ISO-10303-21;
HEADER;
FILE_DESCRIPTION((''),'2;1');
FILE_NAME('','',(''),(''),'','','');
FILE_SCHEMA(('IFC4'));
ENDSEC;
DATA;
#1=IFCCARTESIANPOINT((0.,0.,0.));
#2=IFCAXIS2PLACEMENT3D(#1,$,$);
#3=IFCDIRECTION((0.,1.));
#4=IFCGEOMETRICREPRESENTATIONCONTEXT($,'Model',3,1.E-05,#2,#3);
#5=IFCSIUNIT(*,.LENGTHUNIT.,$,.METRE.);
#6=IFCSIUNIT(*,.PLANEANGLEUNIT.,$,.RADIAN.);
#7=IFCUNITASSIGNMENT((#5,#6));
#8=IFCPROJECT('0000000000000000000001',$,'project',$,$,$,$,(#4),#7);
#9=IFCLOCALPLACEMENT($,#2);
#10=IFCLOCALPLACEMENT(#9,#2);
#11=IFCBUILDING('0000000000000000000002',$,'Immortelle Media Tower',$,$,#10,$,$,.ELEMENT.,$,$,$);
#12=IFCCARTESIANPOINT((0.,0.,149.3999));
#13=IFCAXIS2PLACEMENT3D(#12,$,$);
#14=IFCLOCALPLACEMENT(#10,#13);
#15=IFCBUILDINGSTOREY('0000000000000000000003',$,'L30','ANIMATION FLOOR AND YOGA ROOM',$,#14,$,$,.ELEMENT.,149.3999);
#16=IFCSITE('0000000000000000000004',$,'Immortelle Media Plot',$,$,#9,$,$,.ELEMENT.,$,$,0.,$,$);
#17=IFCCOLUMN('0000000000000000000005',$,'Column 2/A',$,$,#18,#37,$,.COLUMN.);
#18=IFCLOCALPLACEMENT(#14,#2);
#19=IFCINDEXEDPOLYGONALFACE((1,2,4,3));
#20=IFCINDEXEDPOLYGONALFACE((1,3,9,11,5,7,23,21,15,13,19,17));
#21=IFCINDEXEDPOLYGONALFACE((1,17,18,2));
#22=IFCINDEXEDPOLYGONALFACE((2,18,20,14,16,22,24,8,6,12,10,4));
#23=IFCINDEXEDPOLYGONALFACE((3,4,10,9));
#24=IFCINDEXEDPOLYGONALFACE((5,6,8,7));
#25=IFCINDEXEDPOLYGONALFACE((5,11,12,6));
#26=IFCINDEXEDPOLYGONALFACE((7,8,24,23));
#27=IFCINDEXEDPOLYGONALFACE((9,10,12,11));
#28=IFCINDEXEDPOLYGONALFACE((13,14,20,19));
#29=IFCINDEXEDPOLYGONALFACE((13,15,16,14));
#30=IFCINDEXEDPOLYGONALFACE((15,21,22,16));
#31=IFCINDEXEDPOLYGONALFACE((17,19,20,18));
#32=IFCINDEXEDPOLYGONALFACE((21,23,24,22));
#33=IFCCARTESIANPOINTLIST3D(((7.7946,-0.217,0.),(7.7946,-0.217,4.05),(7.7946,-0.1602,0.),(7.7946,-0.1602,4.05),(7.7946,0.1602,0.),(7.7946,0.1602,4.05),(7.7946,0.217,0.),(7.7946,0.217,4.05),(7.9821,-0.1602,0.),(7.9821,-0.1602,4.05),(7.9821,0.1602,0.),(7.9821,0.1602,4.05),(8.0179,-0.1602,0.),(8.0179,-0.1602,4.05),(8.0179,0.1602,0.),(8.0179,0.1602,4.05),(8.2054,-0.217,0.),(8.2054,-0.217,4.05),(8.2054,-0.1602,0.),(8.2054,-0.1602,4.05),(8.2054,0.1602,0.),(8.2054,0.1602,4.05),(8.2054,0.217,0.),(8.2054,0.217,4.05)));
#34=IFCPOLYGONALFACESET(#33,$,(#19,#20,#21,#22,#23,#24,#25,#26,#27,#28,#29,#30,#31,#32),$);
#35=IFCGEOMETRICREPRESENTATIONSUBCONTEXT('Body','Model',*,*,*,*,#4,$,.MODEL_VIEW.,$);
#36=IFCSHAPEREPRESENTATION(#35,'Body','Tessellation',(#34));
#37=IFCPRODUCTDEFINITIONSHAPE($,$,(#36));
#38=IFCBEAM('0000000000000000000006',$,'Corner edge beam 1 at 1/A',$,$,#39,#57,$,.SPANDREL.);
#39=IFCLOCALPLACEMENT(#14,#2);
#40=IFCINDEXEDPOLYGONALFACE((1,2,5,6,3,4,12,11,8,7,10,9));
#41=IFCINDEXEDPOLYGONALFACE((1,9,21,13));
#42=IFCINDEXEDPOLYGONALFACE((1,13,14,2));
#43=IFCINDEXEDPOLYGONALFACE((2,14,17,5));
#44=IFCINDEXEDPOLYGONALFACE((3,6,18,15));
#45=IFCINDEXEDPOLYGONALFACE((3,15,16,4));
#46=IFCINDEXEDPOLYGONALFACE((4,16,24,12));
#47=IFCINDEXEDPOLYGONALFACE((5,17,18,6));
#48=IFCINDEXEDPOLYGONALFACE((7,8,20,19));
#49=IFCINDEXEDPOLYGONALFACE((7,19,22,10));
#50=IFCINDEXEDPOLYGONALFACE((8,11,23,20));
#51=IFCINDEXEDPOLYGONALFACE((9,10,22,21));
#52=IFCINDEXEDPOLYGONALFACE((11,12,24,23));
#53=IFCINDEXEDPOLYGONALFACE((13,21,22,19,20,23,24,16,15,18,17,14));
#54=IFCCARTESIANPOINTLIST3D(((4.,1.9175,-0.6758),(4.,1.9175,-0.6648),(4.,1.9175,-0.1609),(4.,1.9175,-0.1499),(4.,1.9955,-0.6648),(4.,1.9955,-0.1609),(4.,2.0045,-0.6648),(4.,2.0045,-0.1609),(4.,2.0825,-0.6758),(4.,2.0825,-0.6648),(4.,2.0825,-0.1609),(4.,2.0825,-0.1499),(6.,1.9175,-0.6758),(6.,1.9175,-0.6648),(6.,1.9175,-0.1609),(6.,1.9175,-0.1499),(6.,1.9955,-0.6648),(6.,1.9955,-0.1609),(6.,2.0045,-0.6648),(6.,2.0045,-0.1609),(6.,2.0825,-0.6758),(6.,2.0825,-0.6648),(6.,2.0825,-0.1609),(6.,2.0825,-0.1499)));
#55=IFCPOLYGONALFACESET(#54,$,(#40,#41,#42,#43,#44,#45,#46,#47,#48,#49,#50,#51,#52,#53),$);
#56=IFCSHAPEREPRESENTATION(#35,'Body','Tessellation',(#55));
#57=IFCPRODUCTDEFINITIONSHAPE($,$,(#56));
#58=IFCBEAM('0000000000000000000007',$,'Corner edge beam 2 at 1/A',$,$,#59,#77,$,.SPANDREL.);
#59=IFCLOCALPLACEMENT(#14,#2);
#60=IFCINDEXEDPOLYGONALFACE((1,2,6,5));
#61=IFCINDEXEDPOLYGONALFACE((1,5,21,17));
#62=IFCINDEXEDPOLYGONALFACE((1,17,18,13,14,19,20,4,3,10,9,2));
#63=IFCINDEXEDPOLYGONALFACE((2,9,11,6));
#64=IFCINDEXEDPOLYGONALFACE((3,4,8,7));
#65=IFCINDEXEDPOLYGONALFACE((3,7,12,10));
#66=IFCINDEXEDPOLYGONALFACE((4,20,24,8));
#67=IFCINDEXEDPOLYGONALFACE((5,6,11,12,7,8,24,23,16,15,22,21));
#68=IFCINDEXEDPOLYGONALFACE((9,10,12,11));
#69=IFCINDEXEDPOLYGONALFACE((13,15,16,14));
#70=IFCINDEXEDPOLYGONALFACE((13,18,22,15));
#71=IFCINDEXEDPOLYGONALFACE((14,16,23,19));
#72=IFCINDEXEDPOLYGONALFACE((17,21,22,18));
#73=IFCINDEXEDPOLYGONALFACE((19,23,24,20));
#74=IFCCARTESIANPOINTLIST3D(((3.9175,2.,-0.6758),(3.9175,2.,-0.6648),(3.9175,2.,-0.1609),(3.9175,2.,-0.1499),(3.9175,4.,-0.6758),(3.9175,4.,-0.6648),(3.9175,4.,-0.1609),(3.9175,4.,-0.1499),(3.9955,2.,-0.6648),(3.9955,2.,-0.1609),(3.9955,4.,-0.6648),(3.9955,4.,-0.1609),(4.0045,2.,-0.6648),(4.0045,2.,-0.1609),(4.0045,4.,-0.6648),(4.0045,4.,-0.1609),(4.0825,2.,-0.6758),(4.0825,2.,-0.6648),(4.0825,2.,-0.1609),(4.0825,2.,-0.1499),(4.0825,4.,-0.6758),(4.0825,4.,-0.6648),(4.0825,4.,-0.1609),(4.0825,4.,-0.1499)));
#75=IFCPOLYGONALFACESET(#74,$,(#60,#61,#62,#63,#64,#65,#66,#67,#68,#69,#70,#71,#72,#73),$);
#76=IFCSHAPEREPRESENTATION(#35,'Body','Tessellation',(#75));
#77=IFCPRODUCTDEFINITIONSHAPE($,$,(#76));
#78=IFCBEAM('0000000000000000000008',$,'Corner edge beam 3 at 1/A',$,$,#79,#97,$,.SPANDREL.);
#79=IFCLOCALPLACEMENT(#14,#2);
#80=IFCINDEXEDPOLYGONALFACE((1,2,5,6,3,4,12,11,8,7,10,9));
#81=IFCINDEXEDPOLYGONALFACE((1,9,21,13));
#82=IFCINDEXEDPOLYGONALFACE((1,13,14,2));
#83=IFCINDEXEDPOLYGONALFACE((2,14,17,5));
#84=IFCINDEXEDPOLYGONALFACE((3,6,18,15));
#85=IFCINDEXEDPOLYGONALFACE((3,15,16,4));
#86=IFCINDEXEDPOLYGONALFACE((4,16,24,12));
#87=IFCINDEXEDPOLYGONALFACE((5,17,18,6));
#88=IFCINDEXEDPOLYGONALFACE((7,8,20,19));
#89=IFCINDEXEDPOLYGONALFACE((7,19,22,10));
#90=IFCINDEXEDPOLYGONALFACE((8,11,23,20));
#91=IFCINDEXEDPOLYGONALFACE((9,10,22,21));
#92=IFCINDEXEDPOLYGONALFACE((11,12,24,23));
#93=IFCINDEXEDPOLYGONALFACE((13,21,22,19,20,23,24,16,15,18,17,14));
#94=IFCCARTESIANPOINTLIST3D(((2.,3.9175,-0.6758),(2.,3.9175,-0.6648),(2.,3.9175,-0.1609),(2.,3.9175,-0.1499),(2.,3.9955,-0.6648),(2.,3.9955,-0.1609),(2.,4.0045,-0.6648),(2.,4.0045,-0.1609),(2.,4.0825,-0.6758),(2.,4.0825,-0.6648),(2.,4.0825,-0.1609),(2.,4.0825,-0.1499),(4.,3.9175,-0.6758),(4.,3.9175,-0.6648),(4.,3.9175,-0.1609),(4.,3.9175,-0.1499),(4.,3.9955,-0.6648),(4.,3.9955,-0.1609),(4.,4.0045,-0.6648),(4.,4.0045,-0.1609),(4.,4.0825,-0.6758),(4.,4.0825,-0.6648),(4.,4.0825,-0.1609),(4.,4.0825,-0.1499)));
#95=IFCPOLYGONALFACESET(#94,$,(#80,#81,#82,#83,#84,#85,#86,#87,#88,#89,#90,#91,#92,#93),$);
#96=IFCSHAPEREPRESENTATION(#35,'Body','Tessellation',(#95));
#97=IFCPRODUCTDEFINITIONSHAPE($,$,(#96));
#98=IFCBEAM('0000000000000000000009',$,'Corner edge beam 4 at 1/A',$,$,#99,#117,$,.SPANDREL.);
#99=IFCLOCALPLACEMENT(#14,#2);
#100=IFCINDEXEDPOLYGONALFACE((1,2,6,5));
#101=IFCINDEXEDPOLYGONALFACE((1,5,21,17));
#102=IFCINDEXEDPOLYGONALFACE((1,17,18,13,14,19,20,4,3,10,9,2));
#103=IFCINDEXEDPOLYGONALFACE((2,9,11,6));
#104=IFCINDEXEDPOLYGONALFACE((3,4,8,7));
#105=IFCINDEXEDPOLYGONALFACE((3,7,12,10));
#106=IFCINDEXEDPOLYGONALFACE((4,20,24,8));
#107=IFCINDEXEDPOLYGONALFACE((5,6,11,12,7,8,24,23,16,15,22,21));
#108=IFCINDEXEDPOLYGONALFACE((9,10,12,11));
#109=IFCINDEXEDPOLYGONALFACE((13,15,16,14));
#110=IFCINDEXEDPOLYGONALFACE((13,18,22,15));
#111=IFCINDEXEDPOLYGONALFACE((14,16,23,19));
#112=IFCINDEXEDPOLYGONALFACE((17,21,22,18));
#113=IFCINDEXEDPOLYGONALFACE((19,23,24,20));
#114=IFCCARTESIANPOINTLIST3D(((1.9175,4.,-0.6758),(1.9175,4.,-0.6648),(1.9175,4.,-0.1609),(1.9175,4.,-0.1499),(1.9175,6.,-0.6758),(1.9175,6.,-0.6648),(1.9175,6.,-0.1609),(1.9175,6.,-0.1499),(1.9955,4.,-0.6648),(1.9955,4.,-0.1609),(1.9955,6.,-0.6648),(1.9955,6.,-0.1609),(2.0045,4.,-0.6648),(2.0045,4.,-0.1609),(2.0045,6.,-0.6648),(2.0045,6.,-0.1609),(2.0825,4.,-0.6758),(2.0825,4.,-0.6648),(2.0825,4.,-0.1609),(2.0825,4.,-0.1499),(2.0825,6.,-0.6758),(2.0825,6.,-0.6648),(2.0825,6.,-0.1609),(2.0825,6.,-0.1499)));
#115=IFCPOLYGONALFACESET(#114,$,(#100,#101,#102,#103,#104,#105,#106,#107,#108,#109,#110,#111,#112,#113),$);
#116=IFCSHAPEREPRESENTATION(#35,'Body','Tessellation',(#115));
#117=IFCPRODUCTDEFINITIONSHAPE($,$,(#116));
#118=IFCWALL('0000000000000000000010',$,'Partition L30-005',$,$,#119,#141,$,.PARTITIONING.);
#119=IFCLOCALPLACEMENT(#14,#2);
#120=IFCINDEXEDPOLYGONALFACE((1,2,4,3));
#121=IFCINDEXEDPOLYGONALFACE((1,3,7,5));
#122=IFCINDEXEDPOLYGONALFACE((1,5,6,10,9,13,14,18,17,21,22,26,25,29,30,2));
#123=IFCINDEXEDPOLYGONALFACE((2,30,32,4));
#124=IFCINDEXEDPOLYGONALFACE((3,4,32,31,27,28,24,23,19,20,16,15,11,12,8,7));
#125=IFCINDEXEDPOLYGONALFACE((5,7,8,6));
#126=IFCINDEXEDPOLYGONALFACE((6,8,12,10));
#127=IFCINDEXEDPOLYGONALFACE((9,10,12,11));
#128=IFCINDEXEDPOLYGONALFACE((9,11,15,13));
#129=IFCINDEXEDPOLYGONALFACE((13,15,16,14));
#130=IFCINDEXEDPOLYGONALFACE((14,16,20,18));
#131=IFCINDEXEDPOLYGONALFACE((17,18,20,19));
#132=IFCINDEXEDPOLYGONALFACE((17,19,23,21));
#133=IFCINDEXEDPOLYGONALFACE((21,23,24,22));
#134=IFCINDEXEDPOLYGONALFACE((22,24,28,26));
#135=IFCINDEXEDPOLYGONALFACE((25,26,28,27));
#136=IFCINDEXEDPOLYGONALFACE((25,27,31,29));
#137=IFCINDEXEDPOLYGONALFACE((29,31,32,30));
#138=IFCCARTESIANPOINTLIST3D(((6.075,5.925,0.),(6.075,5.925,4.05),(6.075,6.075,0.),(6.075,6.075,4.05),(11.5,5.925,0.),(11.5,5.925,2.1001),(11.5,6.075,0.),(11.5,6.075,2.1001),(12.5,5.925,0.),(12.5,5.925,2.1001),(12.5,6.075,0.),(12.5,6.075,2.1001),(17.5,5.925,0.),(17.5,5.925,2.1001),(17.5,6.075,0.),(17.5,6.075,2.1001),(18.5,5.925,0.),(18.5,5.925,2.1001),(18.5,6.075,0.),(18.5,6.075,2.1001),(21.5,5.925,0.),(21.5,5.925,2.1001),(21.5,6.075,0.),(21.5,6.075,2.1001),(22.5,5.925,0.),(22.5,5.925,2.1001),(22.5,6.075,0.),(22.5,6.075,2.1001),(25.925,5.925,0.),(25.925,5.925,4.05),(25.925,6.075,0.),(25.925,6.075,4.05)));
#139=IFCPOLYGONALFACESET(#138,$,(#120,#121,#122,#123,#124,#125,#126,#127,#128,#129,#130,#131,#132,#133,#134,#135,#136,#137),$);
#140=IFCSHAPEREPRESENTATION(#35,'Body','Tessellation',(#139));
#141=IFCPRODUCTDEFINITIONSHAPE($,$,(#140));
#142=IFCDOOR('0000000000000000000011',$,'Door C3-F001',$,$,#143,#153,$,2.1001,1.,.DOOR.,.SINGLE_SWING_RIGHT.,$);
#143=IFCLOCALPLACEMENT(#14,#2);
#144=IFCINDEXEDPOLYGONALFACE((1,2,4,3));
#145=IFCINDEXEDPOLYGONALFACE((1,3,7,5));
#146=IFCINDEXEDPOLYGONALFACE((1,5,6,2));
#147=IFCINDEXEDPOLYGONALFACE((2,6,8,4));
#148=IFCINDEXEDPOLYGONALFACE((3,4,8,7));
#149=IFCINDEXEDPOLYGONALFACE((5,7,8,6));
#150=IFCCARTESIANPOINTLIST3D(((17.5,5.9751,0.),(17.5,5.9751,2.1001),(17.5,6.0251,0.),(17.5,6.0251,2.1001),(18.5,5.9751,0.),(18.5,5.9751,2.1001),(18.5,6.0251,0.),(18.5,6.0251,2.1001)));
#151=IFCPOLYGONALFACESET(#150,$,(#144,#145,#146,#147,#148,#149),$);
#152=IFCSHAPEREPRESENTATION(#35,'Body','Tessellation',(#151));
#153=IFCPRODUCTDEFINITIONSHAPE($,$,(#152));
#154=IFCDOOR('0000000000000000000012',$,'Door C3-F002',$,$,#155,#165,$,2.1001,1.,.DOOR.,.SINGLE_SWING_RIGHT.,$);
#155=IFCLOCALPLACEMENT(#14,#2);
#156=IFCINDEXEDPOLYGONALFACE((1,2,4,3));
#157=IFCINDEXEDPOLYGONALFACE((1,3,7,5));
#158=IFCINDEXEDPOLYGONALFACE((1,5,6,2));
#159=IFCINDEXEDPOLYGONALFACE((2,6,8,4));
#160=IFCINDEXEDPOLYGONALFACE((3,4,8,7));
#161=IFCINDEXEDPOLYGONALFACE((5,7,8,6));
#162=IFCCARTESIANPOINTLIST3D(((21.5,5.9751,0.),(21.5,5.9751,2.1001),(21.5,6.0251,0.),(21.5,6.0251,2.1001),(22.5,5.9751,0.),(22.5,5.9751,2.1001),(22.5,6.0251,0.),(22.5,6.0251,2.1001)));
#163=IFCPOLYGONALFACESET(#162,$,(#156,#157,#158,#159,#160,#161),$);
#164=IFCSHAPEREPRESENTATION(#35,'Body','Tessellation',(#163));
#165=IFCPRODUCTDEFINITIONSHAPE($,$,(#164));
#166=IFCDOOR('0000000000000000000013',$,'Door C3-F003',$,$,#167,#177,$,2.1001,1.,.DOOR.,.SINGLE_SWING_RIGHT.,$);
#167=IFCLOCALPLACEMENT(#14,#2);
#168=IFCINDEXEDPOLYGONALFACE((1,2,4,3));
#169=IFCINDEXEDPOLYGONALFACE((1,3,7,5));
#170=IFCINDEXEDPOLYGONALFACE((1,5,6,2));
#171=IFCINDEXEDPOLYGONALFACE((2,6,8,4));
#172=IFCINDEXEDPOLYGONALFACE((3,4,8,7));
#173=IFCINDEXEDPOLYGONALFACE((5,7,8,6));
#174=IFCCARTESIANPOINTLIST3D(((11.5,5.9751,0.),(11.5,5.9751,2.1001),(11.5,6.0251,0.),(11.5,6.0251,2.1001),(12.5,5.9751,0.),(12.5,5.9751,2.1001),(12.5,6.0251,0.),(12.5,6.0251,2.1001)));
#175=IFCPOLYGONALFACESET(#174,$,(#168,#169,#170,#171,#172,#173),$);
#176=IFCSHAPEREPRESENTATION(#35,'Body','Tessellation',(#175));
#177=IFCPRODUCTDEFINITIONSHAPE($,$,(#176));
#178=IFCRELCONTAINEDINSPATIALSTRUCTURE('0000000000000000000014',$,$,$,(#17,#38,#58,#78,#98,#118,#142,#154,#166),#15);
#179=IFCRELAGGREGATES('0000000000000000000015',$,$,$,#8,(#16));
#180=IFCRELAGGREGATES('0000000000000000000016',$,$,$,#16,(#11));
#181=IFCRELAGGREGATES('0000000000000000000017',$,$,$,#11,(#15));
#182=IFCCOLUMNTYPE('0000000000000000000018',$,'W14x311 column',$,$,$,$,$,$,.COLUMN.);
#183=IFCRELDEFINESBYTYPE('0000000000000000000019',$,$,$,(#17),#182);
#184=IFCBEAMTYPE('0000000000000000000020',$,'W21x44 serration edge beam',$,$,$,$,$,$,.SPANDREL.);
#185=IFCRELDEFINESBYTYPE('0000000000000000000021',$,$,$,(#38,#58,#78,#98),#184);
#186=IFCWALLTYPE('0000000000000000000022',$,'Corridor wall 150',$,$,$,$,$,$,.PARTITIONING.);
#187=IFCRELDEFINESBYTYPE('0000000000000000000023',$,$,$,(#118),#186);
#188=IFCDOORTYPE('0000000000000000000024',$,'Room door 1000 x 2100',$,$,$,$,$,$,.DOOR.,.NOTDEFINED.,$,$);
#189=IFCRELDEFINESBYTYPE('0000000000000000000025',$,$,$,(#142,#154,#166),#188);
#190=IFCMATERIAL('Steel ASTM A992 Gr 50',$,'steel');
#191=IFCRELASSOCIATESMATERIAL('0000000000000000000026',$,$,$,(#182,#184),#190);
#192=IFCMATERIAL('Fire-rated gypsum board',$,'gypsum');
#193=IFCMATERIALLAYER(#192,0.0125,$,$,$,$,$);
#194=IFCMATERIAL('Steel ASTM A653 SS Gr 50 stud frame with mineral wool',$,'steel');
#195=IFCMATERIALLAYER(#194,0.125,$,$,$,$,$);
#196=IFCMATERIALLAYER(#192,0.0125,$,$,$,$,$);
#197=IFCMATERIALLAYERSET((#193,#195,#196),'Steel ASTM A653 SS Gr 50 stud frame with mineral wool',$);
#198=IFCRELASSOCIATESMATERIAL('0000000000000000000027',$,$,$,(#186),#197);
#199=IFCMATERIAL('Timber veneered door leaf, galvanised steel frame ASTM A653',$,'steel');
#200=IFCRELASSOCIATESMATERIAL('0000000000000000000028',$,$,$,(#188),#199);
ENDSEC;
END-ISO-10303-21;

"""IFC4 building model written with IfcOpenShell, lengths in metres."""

from ifc_helpers import new_model, si_unit, direction, frame, frame_2d, origin, origin_2d, place, context, subcontext, project, spatial, rectangle, i_section, extrude, material, layer, layer_set, material_profile, profile_set, type_object, element, fill, save


model = new_model("IFC4")

# Units and contexts
model_context = context("Model", 3, precision=1e-05, world=origin(), true_north=direction((0.0, 1.0)))
body_context = subcontext(model_context, "Body", "Model", "MODEL_VIEW")
ifc_project = project(units=[si_unit("LENGTHUNIT", "METRE"), si_unit("PLANEANGLEUNIT", "RADIAN")], contexts=[model_context])

# Site, building, storey
site_placement = place(None, origin())
site = spatial("IfcSite", under=ifc_project, at=site_placement, Name="Immortelle Media Plot", CompositionType="ELEMENT", RefElevation=0.0)
building_placement = place(site_placement, origin())
building = spatial("IfcBuilding", under=site, at=building_placement, Name="Immortelle Media Tower", CompositionType="ELEMENT")
storey_placement = place(building_placement, frame((0.0, 0.0, 149.3999)))
storey = spatial("IfcBuildingStorey", under=building, at=storey_placement, Name="L30", Description="ANIMATION FLOOR AND YOGA ROOM", CompositionType="ELEMENT", Elevation=149.3999)

# Column
ifc_material_1 = material(Name="Steel ASTM A992 Gr 50", Category="steel")
ifc_material_profile_1 = material_profile(ifc_material_1, i_section(OverallWidth=0.4109, OverallDepth=0.4341, WebThickness=0.0359, FlangeThickness=0.0569, at=origin_2d()), Name="W14x311")
ifc_profile_set_1 = profile_set([ifc_material_profile_1], Name="Steel ASTM A992 Gr 50")
column_type = type_object("IfcColumnType", Name="W14x311 column", PredefinedType="COLUMN", material=ifc_profile_set_1)
column_placement = place(storey_placement, frame((8.0, 0.0, 0.0), z_axis=(0.0, 0.0, 1.0), x_axis=(1.0, 0.0, 0.0)))
element("IfcColumn", 1, at=column_placement, inside=storey, type_object=column_type, Name="Column 2/A", PredefinedType="COLUMN", context=body_context, shape_type="SweptSolid", body=[
    extrude(i_section(OverallWidth=0.4109, OverallDepth=0.4341, WebThickness=0.0359, FlangeThickness=0.0569, at=origin_2d()), origin(), (0.0, 0.0, 1.0), 4.05),
])

# Beams
ifc_material_profile_2 = material_profile(ifc_material_1, i_section(OverallWidth=0.165, OverallDepth=0.5259, WebThickness=0.009, FlangeThickness=0.011, at=origin_2d()), Name="W21x44")
ifc_profile_set_2 = profile_set([ifc_material_profile_2], Name="Steel ASTM A992 Gr 50")
beam_type = type_object("IfcBeamType", Name="W21x44 serration edge beam", PredefinedType="SPANDREL", material=ifc_profile_set_2)
for number, where, z_axis, x_axis, name in (
    (2, (6.0, 2.0, -0.4128), (-1.0, 0.0, 0.0), (0.0, -1.0, 0.0), "Corner edge beam 1 at 1/A"),
    (3, (4.0, 2.0, -0.4128), (0.0, 1.0, 0.0), (-1.0, 0.0, 0.0), "Corner edge beam 2 at 1/A"),
    (4, (4.0, 4.0, -0.4128), (-1.0, 0.0, 0.0), (0.0, -1.0, 0.0), "Corner edge beam 3 at 1/A"),
    (5, (2.0, 4.0, -0.4128), (0.0, 1.0, 0.0), (-1.0, 0.0, 0.0), "Corner edge beam 4 at 1/A"),
):
    element("IfcBeam", number, at=place(storey_placement, frame(where, z_axis=z_axis, x_axis=x_axis)), inside=storey, type_object=beam_type, Name=name, PredefinedType="SPANDREL", context=body_context, shape_type="SweptSolid", body=[
        extrude(i_section(OverallWidth=0.165, OverallDepth=0.5259, WebThickness=0.009, FlangeThickness=0.011, at=origin_2d()), origin(), (0.0, 0.0, 1.0), 2.0),
    ])

# Wall, openings, doors
ifc_material_2 = material(Name="Fire-rated gypsum board", Category="gypsum")
ifc_layer_1 = layer(ifc_material_2, 0.0125)
ifc_material_3 = material(Name="Steel ASTM A653 SS Gr 50 stud frame with mineral wool", Category="steel")
ifc_layer_2 = layer(ifc_material_3, 0.125)
ifc_layer_3 = layer(ifc_material_2, 0.0125)
ifc_layer_set_1 = layer_set([ifc_layer_1, ifc_layer_2, ifc_layer_3], Name="Steel ASTM A653 SS Gr 50 stud frame with mineral wool")
wall_type_1 = type_object("IfcWallType", Name="Corridor wall 150", PredefinedType="PARTITIONING", material=ifc_layer_set_1)
wall_1_placement = place(storey_placement, frame((6.075, 6.0, 0.0), z_axis=(0.0, 0.0, 1.0), x_axis=(1.0, 0.0, 0.0)))
wall_1 = element("IfcWall", 6, at=wall_1_placement, inside=storey, type_object=wall_type_1, Name="Partition L30-005", PredefinedType="PARTITIONING", context=body_context, shape_type="SweptSolid", body=[
    extrude(rectangle(XDim=19.8501, YDim=0.1499, at=frame_2d((9.925, 0.0))), origin(), (0.0, 0.0, 1.0), 4.05),
])
opening_1_placement = place(wall_1_placement, frame((12.425, 0.0, 0.0), z_axis=(0.0, 0.0, 1.0), x_axis=(-1.0, 0.0, 0.0)))
opening_1 = element("IfcOpeningElement", 7, at=opening_1_placement, cuts=wall_1, PredefinedType="OPENING", context=body_context, shape_type="SweptSolid", body=[
    extrude(rectangle(XDim=1.0, YDim=2.1001, at=frame_2d((0.5, 1.05))), frame((0.0, 0.085, 0.0), z_axis=(0.0, -1.0, 0.0), x_axis=(1.0, 0.0, 0.0)), (0.0, 0.0, 1.0), 0.1699),
])
opening_2_placement = place(wall_1_placement, frame((16.425, 0.0, 0.0), z_axis=(0.0, 0.0, 1.0), x_axis=(-1.0, 0.0, 0.0)))
opening_2 = element("IfcOpeningElement", 8, at=opening_2_placement, cuts=wall_1, PredefinedType="OPENING", context=body_context, shape_type="SweptSolid", body=[
    extrude(rectangle(XDim=1.0, YDim=2.1001, at=frame_2d((0.5, 1.05))), frame((0.0, 0.085, 0.0), z_axis=(0.0, -1.0, 0.0), x_axis=(1.0, 0.0, 0.0)), (0.0, 0.0, 1.0), 0.1699),
])
opening_3_placement = place(wall_1_placement, frame((6.425, 0.0, 0.0), z_axis=(0.0, 0.0, 1.0), x_axis=(-1.0, 0.0, 0.0)))
opening_3 = element("IfcOpeningElement", 9, at=opening_3_placement, cuts=wall_1, PredefinedType="OPENING", context=body_context, shape_type="SweptSolid", body=[
    extrude(rectangle(XDim=1.0, YDim=2.1001, at=frame_2d((0.5, 1.05))), frame((0.0, 0.085, 0.0), z_axis=(0.0, -1.0, 0.0), x_axis=(1.0, 0.0, 0.0)), (0.0, 0.0, 1.0), 0.1699),
])
ifc_material_4 = material(Name="Timber veneered door leaf, galvanised steel frame ASTM A653", Category="steel")
door_type_1 = type_object("IfcDoorType", Name="Room door 1000 x 2100", OperationType="NOTDEFINED", PredefinedType="DOOR", material=ifc_material_4)
door_1_placement = place(opening_1_placement, origin())
door_1 = element("IfcDoor", 10, at=door_1_placement, inside=storey, type_object=door_type_1, Name="Door C3-F001", OperationType="SINGLE_SWING_RIGHT", OverallHeight=2.1001, OverallWidth=1.0, PredefinedType="DOOR", context=body_context, shape_type="SweptSolid", body=[
    extrude(rectangle(XDim=1.0, YDim=2.1001, at=frame_2d((0.5, 1.05))), frame((0.0, 0.0249, 0.0), z_axis=(0.0, -1.0, 0.0), x_axis=(1.0, 0.0, 0.0)), (0.0, 0.0, 1.0), 0.05),
])
fill(opening_1, door_1)
door_2_placement = place(opening_2_placement, origin())
door_2 = element("IfcDoor", 11, at=door_2_placement, inside=storey, type_object=door_type_1, Name="Door C3-F002", OperationType="SINGLE_SWING_RIGHT", OverallHeight=2.1001, OverallWidth=1.0, PredefinedType="DOOR", context=body_context, shape_type="SweptSolid", body=[
    extrude(rectangle(XDim=1.0, YDim=2.1001, at=frame_2d((0.5, 1.05))), frame((0.0, 0.0249, 0.0), z_axis=(0.0, -1.0, 0.0), x_axis=(1.0, 0.0, 0.0)), (0.0, 0.0, 1.0), 0.05),
])
fill(opening_2, door_2)
door_3_placement = place(opening_3_placement, origin())
door_3 = element("IfcDoor", 12, at=door_3_placement, inside=storey, type_object=door_type_1, Name="Door C3-F003", OperationType="SINGLE_SWING_RIGHT", OverallHeight=2.1001, OverallWidth=1.0, PredefinedType="DOOR", context=body_context, shape_type="SweptSolid", body=[
    extrude(rectangle(XDim=1.0, YDim=2.1001, at=frame_2d((0.5, 1.05))), frame((0.0, 0.0249, 0.0), z_axis=(0.0, -1.0, 0.0), x_axis=(1.0, 0.0, 0.0)), (0.0, 0.0, 1.0), 0.05),
])
fill(opening_3, door_3)

save(model, "model.ifc")
